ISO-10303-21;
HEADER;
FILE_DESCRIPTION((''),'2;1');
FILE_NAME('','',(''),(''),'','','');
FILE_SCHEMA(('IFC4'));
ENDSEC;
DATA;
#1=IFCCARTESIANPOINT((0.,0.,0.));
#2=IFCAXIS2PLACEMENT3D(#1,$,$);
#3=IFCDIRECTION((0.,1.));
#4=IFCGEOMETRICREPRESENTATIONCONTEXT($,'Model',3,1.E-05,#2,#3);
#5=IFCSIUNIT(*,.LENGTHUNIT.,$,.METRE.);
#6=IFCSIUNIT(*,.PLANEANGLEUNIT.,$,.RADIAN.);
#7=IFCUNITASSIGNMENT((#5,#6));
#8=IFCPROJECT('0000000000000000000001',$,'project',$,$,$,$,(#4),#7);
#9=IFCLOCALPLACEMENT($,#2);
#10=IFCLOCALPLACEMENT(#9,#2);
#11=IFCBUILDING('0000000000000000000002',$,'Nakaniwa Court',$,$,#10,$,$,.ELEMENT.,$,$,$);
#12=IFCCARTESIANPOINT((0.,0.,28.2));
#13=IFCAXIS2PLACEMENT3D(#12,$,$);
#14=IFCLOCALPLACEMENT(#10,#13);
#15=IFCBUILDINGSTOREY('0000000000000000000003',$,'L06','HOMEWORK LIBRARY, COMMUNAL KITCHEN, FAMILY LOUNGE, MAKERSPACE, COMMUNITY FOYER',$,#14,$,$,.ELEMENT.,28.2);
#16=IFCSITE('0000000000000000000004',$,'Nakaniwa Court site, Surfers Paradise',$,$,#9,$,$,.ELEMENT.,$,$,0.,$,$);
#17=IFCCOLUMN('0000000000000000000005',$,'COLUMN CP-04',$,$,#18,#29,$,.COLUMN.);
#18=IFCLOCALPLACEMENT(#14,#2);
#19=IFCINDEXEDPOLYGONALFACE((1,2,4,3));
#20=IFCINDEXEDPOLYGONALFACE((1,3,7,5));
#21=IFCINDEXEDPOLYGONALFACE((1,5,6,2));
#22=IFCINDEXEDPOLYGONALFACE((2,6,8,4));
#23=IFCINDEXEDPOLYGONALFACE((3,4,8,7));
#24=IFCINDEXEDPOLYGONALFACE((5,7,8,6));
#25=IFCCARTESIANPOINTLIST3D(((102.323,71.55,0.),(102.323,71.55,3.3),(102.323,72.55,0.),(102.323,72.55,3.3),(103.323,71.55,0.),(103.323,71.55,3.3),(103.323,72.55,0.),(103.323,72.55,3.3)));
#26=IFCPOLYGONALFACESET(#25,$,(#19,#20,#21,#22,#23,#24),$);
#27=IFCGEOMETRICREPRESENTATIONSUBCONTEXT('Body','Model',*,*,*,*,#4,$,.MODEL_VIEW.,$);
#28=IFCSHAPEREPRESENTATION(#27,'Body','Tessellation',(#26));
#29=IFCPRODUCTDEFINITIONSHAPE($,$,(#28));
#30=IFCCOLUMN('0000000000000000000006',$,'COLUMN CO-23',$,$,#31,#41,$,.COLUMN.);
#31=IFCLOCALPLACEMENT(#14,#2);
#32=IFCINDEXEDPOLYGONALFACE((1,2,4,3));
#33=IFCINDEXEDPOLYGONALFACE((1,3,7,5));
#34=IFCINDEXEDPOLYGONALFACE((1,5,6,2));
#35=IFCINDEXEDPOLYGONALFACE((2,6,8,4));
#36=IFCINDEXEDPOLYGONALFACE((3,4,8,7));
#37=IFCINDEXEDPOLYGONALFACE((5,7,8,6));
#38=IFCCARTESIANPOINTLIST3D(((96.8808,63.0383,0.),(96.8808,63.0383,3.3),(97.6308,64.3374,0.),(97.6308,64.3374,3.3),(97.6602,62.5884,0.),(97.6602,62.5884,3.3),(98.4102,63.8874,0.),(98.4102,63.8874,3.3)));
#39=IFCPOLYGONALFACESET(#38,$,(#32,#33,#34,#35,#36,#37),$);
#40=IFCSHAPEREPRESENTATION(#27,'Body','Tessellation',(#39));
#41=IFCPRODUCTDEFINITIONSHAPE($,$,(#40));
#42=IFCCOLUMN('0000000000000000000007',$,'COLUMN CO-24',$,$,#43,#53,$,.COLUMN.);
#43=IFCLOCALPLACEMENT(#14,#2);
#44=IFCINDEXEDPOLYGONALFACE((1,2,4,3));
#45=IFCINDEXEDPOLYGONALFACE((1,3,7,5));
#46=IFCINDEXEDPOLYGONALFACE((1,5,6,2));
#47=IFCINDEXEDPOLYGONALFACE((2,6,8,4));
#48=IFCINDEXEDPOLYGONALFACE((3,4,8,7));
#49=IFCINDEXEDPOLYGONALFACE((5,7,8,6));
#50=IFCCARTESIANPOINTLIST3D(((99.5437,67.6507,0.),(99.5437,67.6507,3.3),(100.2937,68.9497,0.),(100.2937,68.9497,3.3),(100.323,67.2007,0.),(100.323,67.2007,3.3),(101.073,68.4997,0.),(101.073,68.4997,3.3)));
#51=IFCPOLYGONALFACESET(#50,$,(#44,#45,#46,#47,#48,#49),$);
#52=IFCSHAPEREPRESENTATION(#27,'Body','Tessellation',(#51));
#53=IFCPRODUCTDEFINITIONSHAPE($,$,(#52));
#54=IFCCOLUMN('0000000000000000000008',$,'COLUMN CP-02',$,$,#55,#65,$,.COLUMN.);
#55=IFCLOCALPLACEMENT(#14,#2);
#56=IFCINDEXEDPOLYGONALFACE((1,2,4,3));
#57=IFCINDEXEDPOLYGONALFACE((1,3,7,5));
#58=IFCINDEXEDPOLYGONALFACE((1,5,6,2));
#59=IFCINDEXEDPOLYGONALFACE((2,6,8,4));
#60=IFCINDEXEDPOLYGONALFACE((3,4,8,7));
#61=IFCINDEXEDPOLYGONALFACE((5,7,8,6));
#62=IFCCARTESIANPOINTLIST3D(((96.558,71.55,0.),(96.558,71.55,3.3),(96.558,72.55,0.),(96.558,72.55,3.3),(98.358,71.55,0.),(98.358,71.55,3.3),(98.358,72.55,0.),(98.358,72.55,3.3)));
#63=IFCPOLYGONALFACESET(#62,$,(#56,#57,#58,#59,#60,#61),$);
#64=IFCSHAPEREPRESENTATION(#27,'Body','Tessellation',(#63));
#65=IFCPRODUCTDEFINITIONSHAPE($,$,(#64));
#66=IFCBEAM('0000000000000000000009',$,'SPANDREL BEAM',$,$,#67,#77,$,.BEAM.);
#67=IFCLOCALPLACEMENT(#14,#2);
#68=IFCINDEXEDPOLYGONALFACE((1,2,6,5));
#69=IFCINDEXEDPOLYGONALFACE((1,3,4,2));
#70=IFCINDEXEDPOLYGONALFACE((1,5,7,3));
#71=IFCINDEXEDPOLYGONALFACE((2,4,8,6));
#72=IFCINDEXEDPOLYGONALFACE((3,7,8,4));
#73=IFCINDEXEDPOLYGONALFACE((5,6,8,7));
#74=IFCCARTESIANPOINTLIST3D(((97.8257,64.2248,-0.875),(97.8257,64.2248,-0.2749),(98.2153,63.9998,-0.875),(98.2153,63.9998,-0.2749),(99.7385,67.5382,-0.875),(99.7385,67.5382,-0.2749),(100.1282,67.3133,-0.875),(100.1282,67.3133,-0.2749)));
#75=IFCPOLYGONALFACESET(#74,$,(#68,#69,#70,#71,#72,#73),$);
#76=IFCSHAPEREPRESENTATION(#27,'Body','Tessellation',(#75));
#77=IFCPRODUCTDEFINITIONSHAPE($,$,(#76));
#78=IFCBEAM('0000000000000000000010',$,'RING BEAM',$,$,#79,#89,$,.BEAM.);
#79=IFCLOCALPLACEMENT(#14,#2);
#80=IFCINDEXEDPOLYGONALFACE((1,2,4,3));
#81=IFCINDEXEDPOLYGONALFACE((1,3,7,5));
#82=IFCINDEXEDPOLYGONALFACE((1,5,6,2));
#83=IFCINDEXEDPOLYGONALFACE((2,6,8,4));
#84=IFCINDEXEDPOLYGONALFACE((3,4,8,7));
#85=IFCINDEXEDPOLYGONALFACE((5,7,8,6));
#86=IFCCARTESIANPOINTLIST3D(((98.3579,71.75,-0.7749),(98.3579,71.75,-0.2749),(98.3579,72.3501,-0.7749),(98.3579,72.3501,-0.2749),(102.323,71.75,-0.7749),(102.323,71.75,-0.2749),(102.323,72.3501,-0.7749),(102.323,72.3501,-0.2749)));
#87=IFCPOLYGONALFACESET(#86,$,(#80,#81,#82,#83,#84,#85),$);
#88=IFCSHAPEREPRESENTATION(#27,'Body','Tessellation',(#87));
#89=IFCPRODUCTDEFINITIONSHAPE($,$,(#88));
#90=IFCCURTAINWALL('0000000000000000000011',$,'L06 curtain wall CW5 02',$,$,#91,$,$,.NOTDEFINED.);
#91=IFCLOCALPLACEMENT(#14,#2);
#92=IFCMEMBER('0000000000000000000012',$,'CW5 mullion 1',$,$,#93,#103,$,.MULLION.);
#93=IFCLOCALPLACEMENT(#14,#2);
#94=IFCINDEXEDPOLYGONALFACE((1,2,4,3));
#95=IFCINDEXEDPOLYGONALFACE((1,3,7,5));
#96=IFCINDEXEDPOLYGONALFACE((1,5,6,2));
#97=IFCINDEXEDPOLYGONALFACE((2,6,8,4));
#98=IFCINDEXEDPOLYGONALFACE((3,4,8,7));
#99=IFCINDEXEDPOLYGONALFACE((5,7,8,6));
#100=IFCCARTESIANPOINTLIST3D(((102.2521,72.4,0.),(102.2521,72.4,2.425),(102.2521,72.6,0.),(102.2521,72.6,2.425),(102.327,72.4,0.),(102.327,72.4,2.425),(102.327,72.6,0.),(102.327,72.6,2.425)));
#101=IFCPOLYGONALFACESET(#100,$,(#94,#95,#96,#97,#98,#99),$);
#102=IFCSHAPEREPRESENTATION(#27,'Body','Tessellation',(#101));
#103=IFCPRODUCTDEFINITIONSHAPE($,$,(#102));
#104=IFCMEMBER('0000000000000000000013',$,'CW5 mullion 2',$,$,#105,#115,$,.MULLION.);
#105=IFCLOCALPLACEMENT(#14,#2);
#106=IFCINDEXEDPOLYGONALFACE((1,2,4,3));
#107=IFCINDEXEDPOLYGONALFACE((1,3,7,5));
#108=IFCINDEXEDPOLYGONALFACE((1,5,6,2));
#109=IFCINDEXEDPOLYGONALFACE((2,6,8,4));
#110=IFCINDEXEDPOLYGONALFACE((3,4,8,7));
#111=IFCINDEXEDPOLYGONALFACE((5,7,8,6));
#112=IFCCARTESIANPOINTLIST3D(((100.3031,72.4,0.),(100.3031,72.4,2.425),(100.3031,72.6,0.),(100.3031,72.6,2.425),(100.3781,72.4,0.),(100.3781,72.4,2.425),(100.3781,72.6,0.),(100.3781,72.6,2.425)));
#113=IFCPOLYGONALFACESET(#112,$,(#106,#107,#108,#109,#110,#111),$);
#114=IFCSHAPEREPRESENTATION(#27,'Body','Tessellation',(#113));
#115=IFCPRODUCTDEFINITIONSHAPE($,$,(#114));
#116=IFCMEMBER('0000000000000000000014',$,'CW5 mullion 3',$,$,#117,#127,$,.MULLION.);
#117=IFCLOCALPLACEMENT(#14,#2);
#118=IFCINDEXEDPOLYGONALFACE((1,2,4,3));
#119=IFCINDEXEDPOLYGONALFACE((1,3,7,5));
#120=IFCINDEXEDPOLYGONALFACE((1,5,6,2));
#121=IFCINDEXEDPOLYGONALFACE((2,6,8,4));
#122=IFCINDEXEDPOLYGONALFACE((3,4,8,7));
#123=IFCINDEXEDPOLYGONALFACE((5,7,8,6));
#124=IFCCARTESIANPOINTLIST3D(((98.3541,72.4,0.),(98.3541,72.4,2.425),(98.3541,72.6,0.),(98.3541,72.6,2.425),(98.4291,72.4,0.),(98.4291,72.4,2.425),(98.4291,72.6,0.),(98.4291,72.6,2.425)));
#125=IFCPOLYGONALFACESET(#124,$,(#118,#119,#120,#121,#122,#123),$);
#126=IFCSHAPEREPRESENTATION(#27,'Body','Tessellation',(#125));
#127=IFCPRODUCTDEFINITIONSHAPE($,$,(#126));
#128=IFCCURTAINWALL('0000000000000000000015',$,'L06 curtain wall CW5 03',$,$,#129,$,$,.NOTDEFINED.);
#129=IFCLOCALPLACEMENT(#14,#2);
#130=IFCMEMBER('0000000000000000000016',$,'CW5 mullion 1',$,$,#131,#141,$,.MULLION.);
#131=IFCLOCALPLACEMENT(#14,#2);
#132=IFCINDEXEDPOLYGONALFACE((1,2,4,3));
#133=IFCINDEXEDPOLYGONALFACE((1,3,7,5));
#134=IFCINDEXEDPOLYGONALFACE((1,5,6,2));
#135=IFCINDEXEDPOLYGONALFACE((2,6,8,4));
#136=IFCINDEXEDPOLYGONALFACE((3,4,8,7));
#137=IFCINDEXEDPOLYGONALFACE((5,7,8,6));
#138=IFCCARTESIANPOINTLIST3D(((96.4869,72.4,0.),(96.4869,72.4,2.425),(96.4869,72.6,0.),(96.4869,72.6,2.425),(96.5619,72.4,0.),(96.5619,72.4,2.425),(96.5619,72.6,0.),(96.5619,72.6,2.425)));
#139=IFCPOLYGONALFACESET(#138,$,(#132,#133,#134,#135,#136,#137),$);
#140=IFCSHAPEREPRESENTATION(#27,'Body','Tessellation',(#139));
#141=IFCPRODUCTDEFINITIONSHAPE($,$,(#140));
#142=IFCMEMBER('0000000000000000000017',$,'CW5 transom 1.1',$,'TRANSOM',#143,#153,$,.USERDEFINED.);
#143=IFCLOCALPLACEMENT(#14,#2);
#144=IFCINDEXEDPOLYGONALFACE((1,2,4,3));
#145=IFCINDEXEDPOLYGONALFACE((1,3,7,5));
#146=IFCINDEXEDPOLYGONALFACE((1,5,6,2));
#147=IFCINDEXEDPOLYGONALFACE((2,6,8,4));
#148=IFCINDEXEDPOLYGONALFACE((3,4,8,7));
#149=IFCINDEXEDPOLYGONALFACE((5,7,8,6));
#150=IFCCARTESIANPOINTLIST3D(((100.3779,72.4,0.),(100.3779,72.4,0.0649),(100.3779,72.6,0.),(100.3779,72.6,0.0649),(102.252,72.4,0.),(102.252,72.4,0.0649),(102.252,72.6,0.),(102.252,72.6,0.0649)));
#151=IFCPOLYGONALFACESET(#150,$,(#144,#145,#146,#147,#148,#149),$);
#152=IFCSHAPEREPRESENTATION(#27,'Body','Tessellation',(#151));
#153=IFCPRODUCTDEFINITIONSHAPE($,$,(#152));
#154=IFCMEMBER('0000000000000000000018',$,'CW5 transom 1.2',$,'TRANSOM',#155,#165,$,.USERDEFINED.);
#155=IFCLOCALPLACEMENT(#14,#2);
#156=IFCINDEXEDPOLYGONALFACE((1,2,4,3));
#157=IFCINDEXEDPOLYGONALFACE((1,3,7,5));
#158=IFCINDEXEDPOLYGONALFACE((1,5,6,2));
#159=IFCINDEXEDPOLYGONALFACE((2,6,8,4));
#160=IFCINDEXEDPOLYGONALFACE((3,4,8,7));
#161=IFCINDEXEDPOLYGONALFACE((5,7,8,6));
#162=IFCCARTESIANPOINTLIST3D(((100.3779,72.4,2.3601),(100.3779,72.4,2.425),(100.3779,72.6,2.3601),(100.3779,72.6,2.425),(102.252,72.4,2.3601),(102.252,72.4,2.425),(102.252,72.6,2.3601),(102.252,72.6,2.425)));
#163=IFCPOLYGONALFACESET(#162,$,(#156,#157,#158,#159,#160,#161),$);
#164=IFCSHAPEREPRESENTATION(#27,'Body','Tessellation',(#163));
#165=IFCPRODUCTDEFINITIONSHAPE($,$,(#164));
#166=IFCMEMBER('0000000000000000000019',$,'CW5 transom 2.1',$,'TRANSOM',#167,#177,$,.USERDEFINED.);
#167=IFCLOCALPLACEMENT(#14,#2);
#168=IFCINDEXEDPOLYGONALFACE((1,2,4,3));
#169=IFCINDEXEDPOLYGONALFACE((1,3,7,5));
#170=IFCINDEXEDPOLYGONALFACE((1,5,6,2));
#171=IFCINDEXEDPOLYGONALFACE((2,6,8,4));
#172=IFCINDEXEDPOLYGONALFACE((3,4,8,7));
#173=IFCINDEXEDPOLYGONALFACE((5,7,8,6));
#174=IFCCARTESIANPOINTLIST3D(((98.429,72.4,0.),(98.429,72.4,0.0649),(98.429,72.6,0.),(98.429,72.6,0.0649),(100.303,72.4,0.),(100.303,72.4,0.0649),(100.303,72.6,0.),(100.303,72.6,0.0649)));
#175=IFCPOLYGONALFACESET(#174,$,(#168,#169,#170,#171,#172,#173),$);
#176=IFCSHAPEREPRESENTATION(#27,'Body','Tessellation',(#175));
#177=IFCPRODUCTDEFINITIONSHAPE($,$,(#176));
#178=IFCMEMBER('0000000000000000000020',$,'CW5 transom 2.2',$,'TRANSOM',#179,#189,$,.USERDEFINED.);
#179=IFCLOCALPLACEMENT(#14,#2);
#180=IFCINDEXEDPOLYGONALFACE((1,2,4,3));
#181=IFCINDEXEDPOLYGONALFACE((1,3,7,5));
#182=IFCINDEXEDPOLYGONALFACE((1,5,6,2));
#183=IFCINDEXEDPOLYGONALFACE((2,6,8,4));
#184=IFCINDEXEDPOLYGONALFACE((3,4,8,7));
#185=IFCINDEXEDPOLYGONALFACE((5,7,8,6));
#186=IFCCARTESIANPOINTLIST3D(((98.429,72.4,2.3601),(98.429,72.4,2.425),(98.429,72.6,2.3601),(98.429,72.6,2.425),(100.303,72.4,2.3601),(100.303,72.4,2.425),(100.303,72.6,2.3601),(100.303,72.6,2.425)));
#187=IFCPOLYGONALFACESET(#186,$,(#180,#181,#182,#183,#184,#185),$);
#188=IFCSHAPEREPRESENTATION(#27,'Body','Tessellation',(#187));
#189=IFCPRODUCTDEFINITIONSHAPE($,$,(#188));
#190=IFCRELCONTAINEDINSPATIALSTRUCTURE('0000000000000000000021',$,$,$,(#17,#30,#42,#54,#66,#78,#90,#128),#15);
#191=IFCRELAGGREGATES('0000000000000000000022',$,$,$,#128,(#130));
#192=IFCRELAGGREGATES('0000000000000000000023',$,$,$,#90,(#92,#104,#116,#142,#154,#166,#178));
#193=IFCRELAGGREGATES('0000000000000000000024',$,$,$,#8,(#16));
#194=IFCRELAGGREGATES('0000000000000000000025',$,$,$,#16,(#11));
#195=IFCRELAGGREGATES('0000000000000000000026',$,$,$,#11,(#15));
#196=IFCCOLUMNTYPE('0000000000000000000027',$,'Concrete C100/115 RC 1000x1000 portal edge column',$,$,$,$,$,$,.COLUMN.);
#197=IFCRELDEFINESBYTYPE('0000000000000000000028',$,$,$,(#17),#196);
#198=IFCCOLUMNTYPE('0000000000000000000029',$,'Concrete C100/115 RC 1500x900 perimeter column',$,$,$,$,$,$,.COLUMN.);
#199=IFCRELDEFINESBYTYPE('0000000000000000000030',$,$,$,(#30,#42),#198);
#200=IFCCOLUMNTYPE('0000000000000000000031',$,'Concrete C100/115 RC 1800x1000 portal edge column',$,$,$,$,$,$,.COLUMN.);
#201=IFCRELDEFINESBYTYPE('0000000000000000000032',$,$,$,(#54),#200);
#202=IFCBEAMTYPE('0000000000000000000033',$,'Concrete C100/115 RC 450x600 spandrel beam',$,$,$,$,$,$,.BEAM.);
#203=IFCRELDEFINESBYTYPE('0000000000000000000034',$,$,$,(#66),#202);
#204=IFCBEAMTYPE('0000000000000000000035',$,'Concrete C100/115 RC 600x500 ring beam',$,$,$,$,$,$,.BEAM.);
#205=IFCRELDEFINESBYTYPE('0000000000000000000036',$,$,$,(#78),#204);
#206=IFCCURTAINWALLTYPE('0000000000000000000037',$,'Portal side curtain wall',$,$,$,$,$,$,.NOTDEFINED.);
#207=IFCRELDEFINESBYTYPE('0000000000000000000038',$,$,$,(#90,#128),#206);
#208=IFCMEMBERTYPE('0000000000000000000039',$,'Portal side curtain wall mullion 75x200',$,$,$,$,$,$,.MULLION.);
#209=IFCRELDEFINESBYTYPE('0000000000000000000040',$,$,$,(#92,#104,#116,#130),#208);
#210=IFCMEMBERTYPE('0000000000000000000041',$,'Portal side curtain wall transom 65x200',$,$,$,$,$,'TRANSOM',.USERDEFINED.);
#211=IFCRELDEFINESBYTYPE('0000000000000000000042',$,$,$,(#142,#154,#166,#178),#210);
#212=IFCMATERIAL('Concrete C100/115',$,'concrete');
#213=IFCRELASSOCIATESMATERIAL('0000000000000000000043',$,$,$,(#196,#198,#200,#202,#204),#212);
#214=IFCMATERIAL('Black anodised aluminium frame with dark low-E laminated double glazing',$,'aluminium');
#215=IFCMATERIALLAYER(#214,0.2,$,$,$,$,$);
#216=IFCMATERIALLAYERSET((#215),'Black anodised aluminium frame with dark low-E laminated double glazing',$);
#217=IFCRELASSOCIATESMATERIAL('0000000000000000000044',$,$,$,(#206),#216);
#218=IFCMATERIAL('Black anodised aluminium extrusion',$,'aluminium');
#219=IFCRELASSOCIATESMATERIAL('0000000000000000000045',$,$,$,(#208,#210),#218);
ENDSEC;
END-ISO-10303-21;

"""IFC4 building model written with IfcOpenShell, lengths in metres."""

from ifc_helpers import new_model, si_unit, direction, frame, origin, origin_2d, place, context, subcontext, project, spatial, rectangle, extrude, material, layer, layer_set, material_profile, profile_set, type_object, element, aggregate, save


model = new_model("IFC4")

# Units and contexts
model_context = context("Model", 3, precision=1e-05, world=origin(), true_north=direction((0.0, 1.0)))
body_context = subcontext(model_context, "Body", "Model", "MODEL_VIEW")
ifc_project = project(units=[si_unit("LENGTHUNIT", "METRE"), si_unit("PLANEANGLEUNIT", "RADIAN")], contexts=[model_context])

# Site, building, storey
site_placement = place(None, origin())
site = spatial("IfcSite", under=ifc_project, at=site_placement, Name="Nakaniwa Court site, Surfers Paradise", CompositionType="ELEMENT", RefElevation=0.0)
building_placement = place(site_placement, origin())
building = spatial("IfcBuilding", under=site, at=building_placement, Name="Nakaniwa Court", CompositionType="ELEMENT")
storey_placement = place(building_placement, frame((0.0, 0.0, 28.2)))
storey = spatial("IfcBuildingStorey", under=building, at=storey_placement, Name="L06", Description="HOMEWORK LIBRARY, COMMUNAL KITCHEN, FAMILY LOUNGE, MAKERSPACE, COMMUNITY FOYER", CompositionType="ELEMENT", Elevation=28.2)

# Columns
ifc_material_1 = material(Name="Concrete C100/115", Category="concrete")
ifc_material_profile_1 = material_profile(ifc_material_1, rectangle(XDim=1.0, YDim=1.0, at=origin_2d()), Name="Concrete C100/115 RC 1000x1000 portal edge column")
ifc_profile_set_1 = profile_set([ifc_material_profile_1], Name="Concrete C100/115")
column_type_1 = type_object("IfcColumnType", Name="Concrete C100/115 RC 1000x1000 portal edge column", PredefinedType="COLUMN", material=ifc_profile_set_1)
column_1_placement = place(storey_placement, frame((102.823, 72.05, 0.0), z_axis=(0.0, 0.0, 1.0), x_axis=(1.0, 0.0, 0.0)))
element("IfcColumn", 1, at=column_1_placement, inside=storey, type_object=column_type_1, Name="COLUMN CP-04", PredefinedType="COLUMN", context=body_context, shape_type="SweptSolid", body=[
    extrude(rectangle(XDim=1.0, YDim=1.0, at=origin_2d()), origin(), (0.0, 0.0, 1.0), 3.3),
])
ifc_material_profile_2 = material_profile(ifc_material_1, rectangle(XDim=1.5, YDim=0.8999, at=origin_2d()), Name="Concrete C100/115 RC 1500x900 perimeter column")
ifc_profile_set_2 = profile_set([ifc_material_profile_2], Name="Concrete C100/115")
column_type_2 = type_object("IfcColumnType", Name="Concrete C100/115 RC 1500x900 perimeter column", PredefinedType="COLUMN", material=ifc_profile_set_2)
for number, where, z_axis, x_axis, name in (
    (2, (97.6455, 63.4629, 0.0), (0.0, 0.0, 1.0), (0.5, 0.866025, 0.0), "COLUMN CO-23"),
    (3, (100.3083, 68.0752, 0.0), (0.0, 0.0, 1.0), (0.5, 0.866025, 0.0), "COLUMN CO-24"),
):
    element("IfcColumn", number, at=place(storey_placement, frame(where, z_axis=z_axis, x_axis=x_axis)), inside=storey, type_object=column_type_2, Name=name, PredefinedType="COLUMN", context=body_context, shape_type="SweptSolid", body=[
        extrude(rectangle(XDim=1.5, YDim=0.8999, at=origin_2d()), origin(), (0.0, 0.0, 1.0), 3.3),
    ])
ifc_material_profile_3 = material_profile(ifc_material_1, rectangle(XDim=1.8, YDim=1.0, at=origin_2d()), Name="Concrete C100/115 RC 1800x1000 portal edge column")
ifc_profile_set_3 = profile_set([ifc_material_profile_3], Name="Concrete C100/115")
column_type_3 = type_object("IfcColumnType", Name="Concrete C100/115 RC 1800x1000 portal edge column", PredefinedType="COLUMN", material=ifc_profile_set_3)
column_2_placement = place(storey_placement, frame((97.458, 72.05, 0.0), z_axis=(0.0, 0.0, 1.0), x_axis=(1.0, 0.0, 0.0)))
element("IfcColumn", 4, at=column_2_placement, inside=storey, type_object=column_type_3, Name="COLUMN CP-02", PredefinedType="COLUMN", context=body_context, shape_type="SweptSolid", body=[
    extrude(rectangle(XDim=1.8, YDim=1.0, at=origin_2d()), origin(), (0.0, 0.0, 1.0), 3.3),
])

# Beams
ifc_material_profile_4 = material_profile(ifc_material_1, rectangle(XDim=0.45, YDim=0.6001, at=origin_2d()), Name="Concrete C100/115 RC 450x600 spandrel beam")
ifc_profile_set_4 = profile_set([ifc_material_profile_4], Name="Concrete C100/115")
beam_type_1 = type_object("IfcBeamType", Name="Concrete C100/115 RC 450x600 spandrel beam", PredefinedType="BEAM", material=ifc_profile_set_4)
beam_1_placement = place(storey_placement, frame((98.0205, 64.1123, -0.575), z_axis=(0.499962, 0.866047, 0.0), x_axis=(-0.866047, 0.499962, 0.0)))
element("IfcBeam", 5, at=beam_1_placement, inside=storey, type_object=beam_type_1, Name="SPANDREL BEAM", PredefinedType="BEAM", context=body_context, shape_type="SweptSolid", body=[
    extrude(rectangle(XDim=0.45, YDim=0.6001, at=origin_2d()), origin(), (0.0, 0.0, 1.0), 3.8259),
])
ifc_material_profile_5 = material_profile(ifc_material_1, rectangle(XDim=0.6001, YDim=0.5, at=origin_2d()), Name="Concrete C100/115 RC 600x500 ring beam")
ifc_profile_set_5 = profile_set([ifc_material_profile_5], Name="Concrete C100/115")
beam_type_2 = type_object("IfcBeamType", Name="Concrete C100/115 RC 600x500 ring beam", PredefinedType="BEAM", material=ifc_profile_set_5)
beam_2_placement = place(storey_placement, frame((98.3579, 72.05, -0.5249), z_axis=(1.0, 0.0, 0.0), x_axis=(0.0, 1.0, 0.0)))
element("IfcBeam", 6, at=beam_2_placement, inside=storey, type_object=beam_type_2, Name="RING BEAM", PredefinedType="BEAM", context=body_context, shape_type="SweptSolid", body=[
    extrude(rectangle(XDim=0.6001, YDim=0.5, at=origin_2d()), origin(), (0.0, 0.0, 1.0), 3.9651),
])

# Curtain wall, members
ifc_material_2 = material(Name="Black anodised aluminium frame with dark low-E laminated double glazing", Category="aluminium")
ifc_layer_1 = layer(ifc_material_2, 0.2)
ifc_layer_set_1 = layer_set([ifc_layer_1], Name="Black anodised aluminium frame with dark low-E laminated double glazing")
curtain_wall_type = type_object("IfcCurtainWallType", Name="Portal side curtain wall", PredefinedType="NOTDEFINED", material=ifc_layer_set_1)
curtain_wall_1_placement = place(storey_placement, origin())
curtain_wall_1 = element("IfcCurtainWall", 7, at=curtain_wall_1_placement, inside=storey, type_object=curtain_wall_type, Name="L06 curtain wall CW5 02", PredefinedType="NOTDEFINED")
ifc_material_3 = material(Name="Black anodised aluminium extrusion", Category="aluminium")
ifc_material_profile_6 = material_profile(ifc_material_3, rectangle(XDim=0.2, YDim=0.075, at=origin_2d()), Name="Portal side curtain wall mullion 75x200")
ifc_profile_set_6 = profile_set([ifc_material_profile_6], Name="Black anodised aluminium extrusion")
member_type_1 = type_object("IfcMemberType", Name="Portal side curtain wall mullion 75x200", PredefinedType="MULLION", material=ifc_profile_set_6)
member_1_placement = place(storey_placement, frame((102.2896, 72.5, 0.0), z_axis=(0.0, 0.0, 1.0), x_axis=(0.0, -1.0, 0.0)))
member_1 = element("IfcMember", 8, at=member_1_placement, type_object=member_type_1, Name="CW5 mullion 1", PredefinedType="MULLION", context=body_context, shape_type="SweptSolid", body=[
    extrude(rectangle(XDim=0.2, YDim=0.075, at=origin_2d()), origin(), (0.0, 0.0, 1.0), 2.425),
])
member_2_placement = place(storey_placement, frame((100.3406, 72.5, 0.0), z_axis=(0.0, 0.0, 1.0), x_axis=(0.0, -1.0, 0.0)))
member_2 = element("IfcMember", 9, at=member_2_placement, type_object=member_type_1, Name="CW5 mullion 2", PredefinedType="MULLION", context=body_context, shape_type="SweptSolid", body=[
    extrude(rectangle(XDim=0.2, YDim=0.075, at=origin_2d()), origin(), (0.0, 0.0, 1.0), 2.425),
])
member_3_placement = place(storey_placement, frame((98.3916, 72.5, 0.0), z_axis=(0.0, 0.0, 1.0), x_axis=(0.0, -1.0, 0.0)))
member_3 = element("IfcMember", 10, at=member_3_placement, type_object=member_type_1, Name="CW5 mullion 3", PredefinedType="MULLION", context=body_context, shape_type="SweptSolid", body=[
    extrude(rectangle(XDim=0.2, YDim=0.075, at=origin_2d()), origin(), (0.0, 0.0, 1.0), 2.425),
])

# Curtain wall, member
curtain_wall_2_placement = place(storey_placement, origin())
curtain_wall_2 = element("IfcCurtainWall", 11, at=curtain_wall_2_placement, inside=storey, type_object=curtain_wall_type, Name="L06 curtain wall CW5 03", PredefinedType="NOTDEFINED")
member_4_placement = place(storey_placement, frame((96.5244, 72.5, 0.0), z_axis=(0.0, 0.0, 1.0), x_axis=(0.0, -1.0, 0.0)))
member_4 = element("IfcMember", 12, at=member_4_placement, type_object=member_type_1, Name="CW5 mullion 1", PredefinedType="MULLION", context=body_context, shape_type="SweptSolid", body=[
    extrude(rectangle(XDim=0.2, YDim=0.075, at=origin_2d()), origin(), (0.0, 0.0, 1.0), 2.425),
])

# Members
ifc_material_profile_7 = material_profile(ifc_material_3, rectangle(XDim=0.2, YDim=0.0649, at=origin_2d()), Name="Portal side curtain wall transom 65x200")
ifc_profile_set_7 = profile_set([ifc_material_profile_7], Name="Black anodised aluminium extrusion")
member_type_2 = type_object("IfcMemberType", Name="Portal side curtain wall transom 65x200", ElementType="TRANSOM", PredefinedType="USERDEFINED", material=ifc_profile_set_7)
member_5_placement = place(storey_placement, frame((102.252, 72.5, 0.0325), z_axis=(-1.0, 0.0, 0.0), x_axis=(0.0, -1.0, 0.0)))
member_5 = element("IfcMember", 13, at=member_5_placement, type_object=member_type_2, Name="CW5 transom 1.1", ObjectType="TRANSOM", PredefinedType="USERDEFINED", context=body_context, shape_type="SweptSolid", body=[
    extrude(rectangle(XDim=0.2, YDim=0.0649, at=origin_2d()), origin(), (0.0, 0.0, 1.0), 1.874),
])
member_6_placement = place(storey_placement, frame((102.252, 72.5, 2.3926), z_axis=(-1.0, 0.0, 0.0), x_axis=(0.0, -1.0, 0.0)))
member_6 = element("IfcMember", 14, at=member_6_placement, type_object=member_type_2, Name="CW5 transom 1.2", ObjectType="TRANSOM", PredefinedType="USERDEFINED", context=body_context, shape_type="SweptSolid", body=[
    extrude(rectangle(XDim=0.2, YDim=0.0649, at=origin_2d()), origin(), (0.0, 0.0, 1.0), 1.874),
])
member_7_placement = place(storey_placement, frame((100.303, 72.5, 0.0325), z_axis=(-1.0, 0.0, 0.0), x_axis=(0.0, -1.0, 0.0)))
member_7 = element("IfcMember", 15, at=member_7_placement, type_object=member_type_2, Name="CW5 transom 2.1", ObjectType="TRANSOM", PredefinedType="USERDEFINED", context=body_context, shape_type="SweptSolid", body=[
    extrude(rectangle(XDim=0.2, YDim=0.0649, at=origin_2d()), origin(), (0.0, 0.0, 1.0), 1.874),
])
member_8_placement = place(storey_placement, frame((100.303, 72.5, 2.3926), z_axis=(-1.0, 0.0, 0.0), x_axis=(0.0, -1.0, 0.0)))
member_8 = element("IfcMember", 16, at=member_8_placement, type_object=member_type_2, Name="CW5 transom 2.2", ObjectType="TRANSOM", PredefinedType="USERDEFINED", context=body_context, shape_type="SweptSolid", body=[
    extrude(rectangle(XDim=0.2, YDim=0.0649, at=origin_2d()), origin(), (0.0, 0.0, 1.0), 1.874),
])
aggregate(curtain_wall_2, [member_4])

aggregate(curtain_wall_1, [member_1, member_2, member_3, member_5, member_6, member_7, member_8])

save(model, "model.ifc")
